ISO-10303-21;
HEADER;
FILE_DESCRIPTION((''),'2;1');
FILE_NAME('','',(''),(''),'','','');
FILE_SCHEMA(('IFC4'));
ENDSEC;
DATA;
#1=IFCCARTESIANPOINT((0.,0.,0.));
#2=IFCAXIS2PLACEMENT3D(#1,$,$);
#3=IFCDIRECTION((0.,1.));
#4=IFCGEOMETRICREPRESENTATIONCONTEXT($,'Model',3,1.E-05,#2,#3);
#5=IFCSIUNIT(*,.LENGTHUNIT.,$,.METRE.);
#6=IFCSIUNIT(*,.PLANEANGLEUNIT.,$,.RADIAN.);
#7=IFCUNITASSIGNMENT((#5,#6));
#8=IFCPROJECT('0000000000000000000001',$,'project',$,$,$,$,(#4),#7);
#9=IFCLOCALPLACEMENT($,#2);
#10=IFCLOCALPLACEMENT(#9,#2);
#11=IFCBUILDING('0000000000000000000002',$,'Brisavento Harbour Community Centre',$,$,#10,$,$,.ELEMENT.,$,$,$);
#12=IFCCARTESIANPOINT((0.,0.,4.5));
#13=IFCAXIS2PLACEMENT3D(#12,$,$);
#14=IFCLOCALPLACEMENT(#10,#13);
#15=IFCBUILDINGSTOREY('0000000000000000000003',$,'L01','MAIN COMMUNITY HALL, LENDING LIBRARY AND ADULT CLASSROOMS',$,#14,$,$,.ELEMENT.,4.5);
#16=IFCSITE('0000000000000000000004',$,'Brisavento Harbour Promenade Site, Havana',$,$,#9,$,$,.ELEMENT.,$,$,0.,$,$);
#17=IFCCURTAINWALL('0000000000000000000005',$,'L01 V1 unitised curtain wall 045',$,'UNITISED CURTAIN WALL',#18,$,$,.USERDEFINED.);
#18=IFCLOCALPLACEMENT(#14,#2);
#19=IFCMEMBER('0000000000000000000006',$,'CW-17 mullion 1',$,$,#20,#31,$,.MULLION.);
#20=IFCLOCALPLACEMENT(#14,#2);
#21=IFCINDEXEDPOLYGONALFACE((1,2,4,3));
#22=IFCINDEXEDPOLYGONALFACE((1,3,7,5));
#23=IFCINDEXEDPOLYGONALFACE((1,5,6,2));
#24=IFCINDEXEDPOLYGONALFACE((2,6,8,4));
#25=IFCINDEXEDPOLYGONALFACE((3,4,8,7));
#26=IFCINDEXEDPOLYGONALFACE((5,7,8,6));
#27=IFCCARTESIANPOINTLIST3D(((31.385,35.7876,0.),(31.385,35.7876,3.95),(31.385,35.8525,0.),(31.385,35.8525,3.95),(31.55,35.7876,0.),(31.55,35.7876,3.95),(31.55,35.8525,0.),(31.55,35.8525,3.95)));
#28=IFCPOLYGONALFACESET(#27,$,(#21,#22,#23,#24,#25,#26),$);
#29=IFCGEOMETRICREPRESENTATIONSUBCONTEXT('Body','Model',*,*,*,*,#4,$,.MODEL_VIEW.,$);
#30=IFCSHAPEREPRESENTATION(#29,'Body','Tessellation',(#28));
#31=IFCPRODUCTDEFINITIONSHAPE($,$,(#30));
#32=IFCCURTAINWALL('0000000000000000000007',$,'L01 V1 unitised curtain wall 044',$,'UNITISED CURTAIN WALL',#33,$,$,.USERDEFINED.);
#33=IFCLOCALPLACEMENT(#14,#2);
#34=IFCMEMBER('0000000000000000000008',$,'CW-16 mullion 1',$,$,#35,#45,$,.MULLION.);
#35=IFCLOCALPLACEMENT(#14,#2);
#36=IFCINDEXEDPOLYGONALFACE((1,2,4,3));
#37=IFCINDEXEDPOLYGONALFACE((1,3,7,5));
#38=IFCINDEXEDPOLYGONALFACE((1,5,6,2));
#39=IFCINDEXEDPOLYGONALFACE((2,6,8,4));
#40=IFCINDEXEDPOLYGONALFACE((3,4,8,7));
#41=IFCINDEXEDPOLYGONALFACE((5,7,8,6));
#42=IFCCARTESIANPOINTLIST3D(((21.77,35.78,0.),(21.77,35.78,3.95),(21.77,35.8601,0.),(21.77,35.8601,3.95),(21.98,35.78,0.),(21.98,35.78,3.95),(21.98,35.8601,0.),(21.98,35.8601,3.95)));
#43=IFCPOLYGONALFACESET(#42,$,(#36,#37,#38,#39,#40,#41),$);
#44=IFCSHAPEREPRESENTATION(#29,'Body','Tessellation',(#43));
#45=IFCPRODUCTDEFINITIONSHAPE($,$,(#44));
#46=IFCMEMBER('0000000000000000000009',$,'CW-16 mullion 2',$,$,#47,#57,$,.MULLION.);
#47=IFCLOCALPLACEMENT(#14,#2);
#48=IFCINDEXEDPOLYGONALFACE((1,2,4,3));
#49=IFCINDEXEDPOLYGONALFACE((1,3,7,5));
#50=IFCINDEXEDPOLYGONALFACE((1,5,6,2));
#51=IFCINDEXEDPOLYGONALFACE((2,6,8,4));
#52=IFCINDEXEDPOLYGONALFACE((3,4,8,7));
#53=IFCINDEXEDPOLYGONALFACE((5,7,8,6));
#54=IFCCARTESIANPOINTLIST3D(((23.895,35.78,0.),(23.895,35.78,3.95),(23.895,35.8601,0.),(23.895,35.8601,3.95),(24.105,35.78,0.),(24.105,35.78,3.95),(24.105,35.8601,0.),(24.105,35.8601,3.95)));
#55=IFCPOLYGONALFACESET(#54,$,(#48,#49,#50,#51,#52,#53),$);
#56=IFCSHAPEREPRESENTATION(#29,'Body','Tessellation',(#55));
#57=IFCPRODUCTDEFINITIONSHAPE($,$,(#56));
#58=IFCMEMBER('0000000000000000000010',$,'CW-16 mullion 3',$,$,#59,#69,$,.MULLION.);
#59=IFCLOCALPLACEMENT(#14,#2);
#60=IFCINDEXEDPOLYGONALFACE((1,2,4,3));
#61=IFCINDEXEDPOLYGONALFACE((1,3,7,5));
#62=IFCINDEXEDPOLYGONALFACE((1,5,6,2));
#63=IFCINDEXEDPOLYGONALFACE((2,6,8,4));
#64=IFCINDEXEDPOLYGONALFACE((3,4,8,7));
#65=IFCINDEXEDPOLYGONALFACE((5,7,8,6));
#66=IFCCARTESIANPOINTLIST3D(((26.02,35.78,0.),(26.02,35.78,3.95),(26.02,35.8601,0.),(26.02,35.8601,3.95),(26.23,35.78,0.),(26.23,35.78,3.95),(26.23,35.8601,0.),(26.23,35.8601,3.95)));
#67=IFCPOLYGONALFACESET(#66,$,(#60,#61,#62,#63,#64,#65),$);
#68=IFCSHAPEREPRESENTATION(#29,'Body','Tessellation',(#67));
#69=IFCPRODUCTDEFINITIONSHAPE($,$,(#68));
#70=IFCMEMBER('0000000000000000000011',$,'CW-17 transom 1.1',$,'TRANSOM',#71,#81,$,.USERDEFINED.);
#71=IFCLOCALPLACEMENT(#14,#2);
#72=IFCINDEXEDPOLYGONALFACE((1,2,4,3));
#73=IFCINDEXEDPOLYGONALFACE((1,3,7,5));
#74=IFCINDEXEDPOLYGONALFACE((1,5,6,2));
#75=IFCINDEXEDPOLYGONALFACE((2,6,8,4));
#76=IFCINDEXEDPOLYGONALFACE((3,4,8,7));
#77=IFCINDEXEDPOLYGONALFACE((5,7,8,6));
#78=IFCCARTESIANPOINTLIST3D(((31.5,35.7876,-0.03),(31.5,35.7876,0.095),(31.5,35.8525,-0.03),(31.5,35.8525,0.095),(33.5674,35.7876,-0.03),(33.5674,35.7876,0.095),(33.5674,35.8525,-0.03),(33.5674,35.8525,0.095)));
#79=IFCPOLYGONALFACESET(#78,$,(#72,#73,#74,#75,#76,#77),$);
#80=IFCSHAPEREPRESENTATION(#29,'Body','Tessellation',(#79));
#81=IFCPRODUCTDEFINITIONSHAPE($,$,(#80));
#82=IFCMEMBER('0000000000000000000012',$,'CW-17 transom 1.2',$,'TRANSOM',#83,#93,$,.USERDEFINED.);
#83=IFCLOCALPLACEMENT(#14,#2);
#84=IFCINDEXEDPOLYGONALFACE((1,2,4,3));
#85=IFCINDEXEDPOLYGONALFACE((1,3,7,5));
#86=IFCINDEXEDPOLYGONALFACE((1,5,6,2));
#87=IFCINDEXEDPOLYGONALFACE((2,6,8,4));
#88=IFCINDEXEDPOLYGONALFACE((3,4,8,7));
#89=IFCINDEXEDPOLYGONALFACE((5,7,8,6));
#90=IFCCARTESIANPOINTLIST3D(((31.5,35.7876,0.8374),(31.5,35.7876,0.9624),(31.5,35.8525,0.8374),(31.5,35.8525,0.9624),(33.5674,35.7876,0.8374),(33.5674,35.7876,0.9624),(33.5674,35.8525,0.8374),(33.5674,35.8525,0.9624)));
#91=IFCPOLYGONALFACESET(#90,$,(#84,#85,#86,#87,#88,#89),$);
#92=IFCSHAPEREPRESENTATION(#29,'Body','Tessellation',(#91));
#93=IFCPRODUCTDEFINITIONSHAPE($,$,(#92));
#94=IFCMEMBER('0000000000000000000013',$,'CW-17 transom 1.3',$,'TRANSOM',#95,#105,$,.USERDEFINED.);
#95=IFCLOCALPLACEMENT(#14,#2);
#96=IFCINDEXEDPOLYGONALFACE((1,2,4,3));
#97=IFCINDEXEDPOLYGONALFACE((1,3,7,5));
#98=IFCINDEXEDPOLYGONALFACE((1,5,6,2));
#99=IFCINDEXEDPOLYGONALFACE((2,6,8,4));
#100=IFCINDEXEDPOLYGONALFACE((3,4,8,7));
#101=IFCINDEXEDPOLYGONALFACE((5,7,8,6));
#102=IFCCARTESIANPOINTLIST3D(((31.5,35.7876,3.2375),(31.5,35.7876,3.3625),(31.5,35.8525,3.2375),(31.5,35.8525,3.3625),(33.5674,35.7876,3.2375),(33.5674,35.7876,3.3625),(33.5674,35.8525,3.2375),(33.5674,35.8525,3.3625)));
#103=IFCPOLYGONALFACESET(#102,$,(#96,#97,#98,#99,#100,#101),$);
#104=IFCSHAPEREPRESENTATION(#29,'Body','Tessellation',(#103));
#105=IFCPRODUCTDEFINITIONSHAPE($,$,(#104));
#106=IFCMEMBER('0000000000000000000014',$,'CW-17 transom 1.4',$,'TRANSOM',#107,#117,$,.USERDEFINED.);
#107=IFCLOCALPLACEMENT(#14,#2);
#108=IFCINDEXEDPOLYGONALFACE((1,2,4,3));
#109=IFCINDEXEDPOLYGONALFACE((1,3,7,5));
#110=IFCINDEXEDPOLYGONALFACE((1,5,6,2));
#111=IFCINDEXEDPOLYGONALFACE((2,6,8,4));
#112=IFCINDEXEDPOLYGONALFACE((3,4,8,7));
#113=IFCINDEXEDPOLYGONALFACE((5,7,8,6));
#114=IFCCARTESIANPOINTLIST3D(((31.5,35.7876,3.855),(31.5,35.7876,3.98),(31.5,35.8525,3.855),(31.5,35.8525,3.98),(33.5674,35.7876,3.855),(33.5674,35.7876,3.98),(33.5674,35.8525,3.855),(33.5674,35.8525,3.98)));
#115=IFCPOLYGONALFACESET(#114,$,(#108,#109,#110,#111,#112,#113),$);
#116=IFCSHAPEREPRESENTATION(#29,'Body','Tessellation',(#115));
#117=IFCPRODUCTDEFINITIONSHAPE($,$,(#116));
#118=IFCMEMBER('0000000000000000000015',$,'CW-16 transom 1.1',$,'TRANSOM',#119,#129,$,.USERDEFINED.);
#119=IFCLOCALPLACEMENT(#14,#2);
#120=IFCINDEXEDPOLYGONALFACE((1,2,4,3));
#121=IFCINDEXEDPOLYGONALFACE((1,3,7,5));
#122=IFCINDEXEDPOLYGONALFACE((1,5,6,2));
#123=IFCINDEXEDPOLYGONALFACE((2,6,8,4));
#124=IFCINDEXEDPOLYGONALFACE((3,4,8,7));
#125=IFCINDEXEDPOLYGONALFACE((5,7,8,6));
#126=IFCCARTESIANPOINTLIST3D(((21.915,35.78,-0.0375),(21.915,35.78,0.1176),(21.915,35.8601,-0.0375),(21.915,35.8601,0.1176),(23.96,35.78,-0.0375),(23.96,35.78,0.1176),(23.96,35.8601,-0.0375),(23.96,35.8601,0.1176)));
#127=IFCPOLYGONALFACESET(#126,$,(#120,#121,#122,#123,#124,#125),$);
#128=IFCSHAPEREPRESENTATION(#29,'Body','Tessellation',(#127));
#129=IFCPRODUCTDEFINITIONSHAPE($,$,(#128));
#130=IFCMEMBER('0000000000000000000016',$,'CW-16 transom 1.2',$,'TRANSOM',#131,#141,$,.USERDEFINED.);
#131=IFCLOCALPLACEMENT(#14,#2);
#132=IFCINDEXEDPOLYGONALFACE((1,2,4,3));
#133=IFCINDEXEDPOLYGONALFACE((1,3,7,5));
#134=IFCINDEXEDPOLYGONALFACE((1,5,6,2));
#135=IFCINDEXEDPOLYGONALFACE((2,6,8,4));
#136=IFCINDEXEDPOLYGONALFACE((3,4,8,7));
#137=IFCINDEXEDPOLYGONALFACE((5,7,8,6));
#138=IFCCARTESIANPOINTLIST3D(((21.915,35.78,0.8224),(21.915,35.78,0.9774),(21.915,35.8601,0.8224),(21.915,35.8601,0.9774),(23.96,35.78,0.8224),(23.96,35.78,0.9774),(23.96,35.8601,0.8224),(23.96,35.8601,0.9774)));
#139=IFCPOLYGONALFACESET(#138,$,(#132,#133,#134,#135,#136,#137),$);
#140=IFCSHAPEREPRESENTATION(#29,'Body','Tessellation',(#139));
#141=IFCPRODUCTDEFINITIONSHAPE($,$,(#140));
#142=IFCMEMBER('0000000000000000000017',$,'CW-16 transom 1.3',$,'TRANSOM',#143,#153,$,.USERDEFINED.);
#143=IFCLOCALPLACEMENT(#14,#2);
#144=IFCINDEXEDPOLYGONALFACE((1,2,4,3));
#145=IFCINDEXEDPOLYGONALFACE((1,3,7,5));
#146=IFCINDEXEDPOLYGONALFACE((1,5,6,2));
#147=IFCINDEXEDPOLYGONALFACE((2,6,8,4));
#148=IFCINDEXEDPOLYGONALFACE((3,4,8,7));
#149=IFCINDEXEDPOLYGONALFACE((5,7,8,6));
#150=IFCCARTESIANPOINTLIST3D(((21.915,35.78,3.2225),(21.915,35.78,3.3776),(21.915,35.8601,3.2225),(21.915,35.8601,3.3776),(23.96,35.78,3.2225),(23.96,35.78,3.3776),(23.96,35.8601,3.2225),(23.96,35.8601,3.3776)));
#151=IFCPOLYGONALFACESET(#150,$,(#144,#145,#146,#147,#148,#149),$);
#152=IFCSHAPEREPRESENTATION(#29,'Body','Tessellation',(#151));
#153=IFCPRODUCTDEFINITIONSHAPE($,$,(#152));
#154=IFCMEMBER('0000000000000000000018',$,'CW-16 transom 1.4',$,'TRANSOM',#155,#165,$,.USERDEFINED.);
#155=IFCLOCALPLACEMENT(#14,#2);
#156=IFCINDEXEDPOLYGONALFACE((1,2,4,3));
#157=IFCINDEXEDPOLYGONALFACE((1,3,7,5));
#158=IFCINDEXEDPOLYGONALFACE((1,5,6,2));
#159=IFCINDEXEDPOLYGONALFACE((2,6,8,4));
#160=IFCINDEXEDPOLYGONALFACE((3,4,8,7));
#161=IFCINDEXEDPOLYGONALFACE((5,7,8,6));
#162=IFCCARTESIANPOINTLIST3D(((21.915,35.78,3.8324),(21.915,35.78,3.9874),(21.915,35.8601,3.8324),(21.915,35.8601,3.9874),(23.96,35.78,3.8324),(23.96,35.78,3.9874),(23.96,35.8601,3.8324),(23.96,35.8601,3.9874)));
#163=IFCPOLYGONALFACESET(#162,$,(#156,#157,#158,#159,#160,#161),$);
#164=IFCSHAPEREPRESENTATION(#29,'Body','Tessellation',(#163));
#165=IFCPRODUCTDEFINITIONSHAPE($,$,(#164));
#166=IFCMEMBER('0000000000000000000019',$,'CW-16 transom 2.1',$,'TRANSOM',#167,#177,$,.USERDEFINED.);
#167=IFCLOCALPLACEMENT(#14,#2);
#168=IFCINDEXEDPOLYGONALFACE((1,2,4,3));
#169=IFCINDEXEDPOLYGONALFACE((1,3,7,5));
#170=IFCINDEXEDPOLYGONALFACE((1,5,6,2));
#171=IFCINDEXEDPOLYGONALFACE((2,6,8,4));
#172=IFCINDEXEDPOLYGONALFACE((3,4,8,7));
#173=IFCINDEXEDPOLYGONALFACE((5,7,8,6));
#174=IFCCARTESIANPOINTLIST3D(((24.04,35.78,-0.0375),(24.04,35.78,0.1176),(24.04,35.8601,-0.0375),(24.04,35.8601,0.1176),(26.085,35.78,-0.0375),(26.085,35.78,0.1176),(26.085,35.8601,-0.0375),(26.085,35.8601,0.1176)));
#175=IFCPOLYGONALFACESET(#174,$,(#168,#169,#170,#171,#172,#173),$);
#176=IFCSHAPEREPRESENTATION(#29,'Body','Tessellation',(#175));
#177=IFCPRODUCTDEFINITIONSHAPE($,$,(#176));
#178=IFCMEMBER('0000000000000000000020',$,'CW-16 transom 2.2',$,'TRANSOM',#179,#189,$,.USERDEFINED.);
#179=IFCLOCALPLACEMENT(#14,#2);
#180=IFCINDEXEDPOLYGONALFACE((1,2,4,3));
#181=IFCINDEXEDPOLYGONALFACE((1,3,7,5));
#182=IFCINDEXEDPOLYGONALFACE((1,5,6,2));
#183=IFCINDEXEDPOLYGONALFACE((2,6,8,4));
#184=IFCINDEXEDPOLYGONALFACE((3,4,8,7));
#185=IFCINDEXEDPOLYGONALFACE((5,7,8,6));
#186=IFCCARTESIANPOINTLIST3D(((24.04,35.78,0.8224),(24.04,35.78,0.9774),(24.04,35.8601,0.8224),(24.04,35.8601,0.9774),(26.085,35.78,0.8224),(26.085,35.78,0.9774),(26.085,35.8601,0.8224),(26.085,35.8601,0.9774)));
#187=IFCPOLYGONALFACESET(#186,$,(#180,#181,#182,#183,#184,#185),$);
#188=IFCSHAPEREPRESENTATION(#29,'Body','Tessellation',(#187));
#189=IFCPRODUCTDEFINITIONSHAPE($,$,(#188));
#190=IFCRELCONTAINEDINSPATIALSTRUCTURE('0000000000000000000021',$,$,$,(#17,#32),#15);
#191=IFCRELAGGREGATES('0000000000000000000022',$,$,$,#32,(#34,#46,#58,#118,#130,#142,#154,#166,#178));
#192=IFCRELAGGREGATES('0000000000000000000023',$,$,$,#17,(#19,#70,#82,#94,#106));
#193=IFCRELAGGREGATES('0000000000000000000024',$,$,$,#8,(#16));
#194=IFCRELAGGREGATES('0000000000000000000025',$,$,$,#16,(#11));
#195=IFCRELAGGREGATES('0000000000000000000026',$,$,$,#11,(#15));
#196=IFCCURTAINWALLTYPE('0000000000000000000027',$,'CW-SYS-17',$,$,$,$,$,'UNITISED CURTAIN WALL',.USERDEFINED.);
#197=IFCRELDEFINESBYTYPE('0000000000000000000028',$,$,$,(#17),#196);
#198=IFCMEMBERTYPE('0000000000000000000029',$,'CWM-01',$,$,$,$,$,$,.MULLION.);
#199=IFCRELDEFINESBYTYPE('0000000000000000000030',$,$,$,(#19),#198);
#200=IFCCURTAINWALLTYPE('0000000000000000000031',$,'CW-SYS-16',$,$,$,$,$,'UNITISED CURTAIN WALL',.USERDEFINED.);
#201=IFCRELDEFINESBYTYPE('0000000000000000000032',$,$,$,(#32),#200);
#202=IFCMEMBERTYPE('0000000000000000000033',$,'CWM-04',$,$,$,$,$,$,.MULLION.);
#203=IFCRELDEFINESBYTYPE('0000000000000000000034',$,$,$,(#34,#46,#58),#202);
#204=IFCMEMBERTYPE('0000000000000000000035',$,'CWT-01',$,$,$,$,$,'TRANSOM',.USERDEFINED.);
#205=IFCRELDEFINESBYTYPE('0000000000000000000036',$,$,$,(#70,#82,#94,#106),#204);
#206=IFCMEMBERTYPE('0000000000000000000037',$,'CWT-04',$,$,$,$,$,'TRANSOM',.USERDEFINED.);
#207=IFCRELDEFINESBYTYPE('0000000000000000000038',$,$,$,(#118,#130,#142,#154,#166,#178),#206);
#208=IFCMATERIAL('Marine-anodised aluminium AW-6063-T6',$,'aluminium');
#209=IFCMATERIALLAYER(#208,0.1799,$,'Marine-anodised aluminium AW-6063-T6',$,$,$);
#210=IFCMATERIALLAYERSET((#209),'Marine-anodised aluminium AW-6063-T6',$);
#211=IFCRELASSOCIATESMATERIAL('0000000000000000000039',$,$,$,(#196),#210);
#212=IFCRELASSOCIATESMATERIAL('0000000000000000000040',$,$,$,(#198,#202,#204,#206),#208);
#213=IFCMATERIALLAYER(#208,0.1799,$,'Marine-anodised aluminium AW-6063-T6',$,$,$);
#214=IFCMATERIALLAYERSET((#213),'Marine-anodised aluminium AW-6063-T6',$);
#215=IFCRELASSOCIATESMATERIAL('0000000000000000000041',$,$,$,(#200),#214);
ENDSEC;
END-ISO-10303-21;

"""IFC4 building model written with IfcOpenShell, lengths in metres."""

from ifc_helpers import new_model, si_unit, direction, frame, origin, origin_2d, place, context, subcontext, project, spatial, rectangle, extrude, material, layer, layer_set, material_profile, profile_set, type_object, element, aggregate, save


model = new_model("IFC4")

# Units and contexts
model_context = context("Model", 3, precision=1e-05, world=origin(), true_north=direction((0.0, 1.0)))
body_context = subcontext(model_context, "Body", "Model", "MODEL_VIEW")
ifc_project = project(units=[si_unit("LENGTHUNIT", "METRE"), si_unit("PLANEANGLEUNIT", "RADIAN")], contexts=[model_context])

# Site, building, storey
site_placement = place(None, origin())
site = spatial("IfcSite", under=ifc_project, at=site_placement, Name="Brisavento Harbour Promenade Site, Havana", CompositionType="ELEMENT", RefElevation=0.0)
building_placement = place(site_placement, origin())
building = spatial("IfcBuilding", under=site, at=building_placement, Name="Brisavento Harbour Community Centre", CompositionType="ELEMENT")
storey_placement = place(building_placement, frame((0.0, 0.0, 4.5)))
storey = spatial("IfcBuildingStorey", under=building, at=storey_placement, Name="L01", Description="MAIN COMMUNITY HALL, LENDING LIBRARY AND ADULT CLASSROOMS", CompositionType="ELEMENT", Elevation=4.5)

# Curtain wall, member
ifc_material_1 = material(Name="Marine-anodised aluminium AW-6063-T6", Category="aluminium")
ifc_layer_1 = layer(ifc_material_1, 0.1799, Name="Marine-anodised aluminium AW-6063-T6")
ifc_layer_set_1 = layer_set([ifc_layer_1], Name="Marine-anodised aluminium AW-6063-T6")
curtain_wall_type_1 = type_object("IfcCurtainWallType", Name="CW-SYS-17", ElementType="UNITISED CURTAIN WALL", PredefinedType="USERDEFINED", material=ifc_layer_set_1)
curtain_wall_1_placement = place(storey_placement, origin())
curtain_wall_1 = element("IfcCurtainWall", 1, at=curtain_wall_1_placement, inside=storey, type_object=curtain_wall_type_1, Name="L01 V1 unitised curtain wall 045", ObjectType="UNITISED CURTAIN WALL", PredefinedType="USERDEFINED")
ifc_material_profile_1 = material_profile(ifc_material_1, rectangle(XDim=0.0649, YDim=0.165, at=origin_2d()), Name="Marine-anodised aluminium AW-6063-T6")
ifc_profile_set_1 = profile_set([ifc_material_profile_1], Name="Marine-anodised aluminium AW-6063-T6")
member_type_1 = type_object("IfcMemberType", Name="CWM-01", PredefinedType="MULLION", material=ifc_profile_set_1)
member_1_placement = place(storey_placement, frame((31.4675, 35.8201, 0.0), z_axis=(0.0, 0.0, 1.0), x_axis=(0.0, 1.0, 0.0)))
member_1 = element("IfcMember", 2, at=member_1_placement, type_object=member_type_1, Name="CW-17 mullion 1", PredefinedType="MULLION", context=body_context, shape_type="SweptSolid", body=[
    extrude(rectangle(XDim=0.0649, YDim=0.165, at=origin_2d()), origin(), (0.0, 0.0, 1.0), 3.95),
])

# Curtain wall, members
ifc_layer_2 = layer(ifc_material_1, 0.1799, Name="Marine-anodised aluminium AW-6063-T6")
ifc_layer_set_2 = layer_set([ifc_layer_2], Name="Marine-anodised aluminium AW-6063-T6")
curtain_wall_type_2 = type_object("IfcCurtainWallType", Name="CW-SYS-16", ElementType="UNITISED CURTAIN WALL", PredefinedType="USERDEFINED", material=ifc_layer_set_2)
curtain_wall_2_placement = place(storey_placement, origin())
curtain_wall_2 = element("IfcCurtainWall", 3, at=curtain_wall_2_placement, inside=storey, type_object=curtain_wall_type_2, Name="L01 V1 unitised curtain wall 044", ObjectType="UNITISED CURTAIN WALL", PredefinedType="USERDEFINED")
ifc_material_profile_2 = material_profile(ifc_material_1, rectangle(XDim=0.0801, YDim=0.21, at=origin_2d()), Name="Marine-anodised aluminium AW-6063-T6")
ifc_profile_set_2 = profile_set([ifc_material_profile_2], Name="Marine-anodised aluminium AW-6063-T6")
member_type_2 = type_object("IfcMemberType", Name="CWM-04", PredefinedType="MULLION", material=ifc_profile_set_2)
member_2_placement = place(storey_placement, frame((21.875, 35.8201, 0.0), z_axis=(0.0, 0.0, 1.0), x_axis=(0.0, 1.0, 0.0)))
member_2 = element("IfcMember", 4, at=member_2_placement, type_object=member_type_2, Name="CW-16 mullion 1", PredefinedType="MULLION", context=body_context, shape_type="SweptSolid", body=[
    extrude(rectangle(XDim=0.0801, YDim=0.21, at=origin_2d()), origin(), (0.0, 0.0, 1.0), 3.95),
])
member_3_placement = place(storey_placement, frame((24.0, 35.8201, 0.0), z_axis=(0.0, 0.0, 1.0), x_axis=(0.0, 1.0, 0.0)))
member_3 = element("IfcMember", 5, at=member_3_placement, type_object=member_type_2, Name="CW-16 mullion 2", PredefinedType="MULLION", context=body_context, shape_type="SweptSolid", body=[
    extrude(rectangle(XDim=0.0801, YDim=0.21, at=origin_2d()), origin(), (0.0, 0.0, 1.0), 3.95),
])
member_4_placement = place(storey_placement, frame((26.125, 35.8201, 0.0), z_axis=(0.0, 0.0, 1.0), x_axis=(0.0, 1.0, 0.0)))
member_4 = element("IfcMember", 6, at=member_4_placement, type_object=member_type_2, Name="CW-16 mullion 3", PredefinedType="MULLION", context=body_context, shape_type="SweptSolid", body=[
    extrude(rectangle(XDim=0.0801, YDim=0.21, at=origin_2d()), origin(), (0.0, 0.0, 1.0), 3.95),
])

# Members
ifc_material_profile_3 = material_profile(ifc_material_1, rectangle(XDim=0.0649, YDim=0.125, at=origin_2d()), Name="Marine-anodised aluminium AW-6063-T6")
ifc_profile_set_3 = profile_set([ifc_material_profile_3], Name="Marine-anodised aluminium AW-6063-T6")
member_type_3 = type_object("IfcMemberType", Name="CWT-01", ElementType="TRANSOM", PredefinedType="USERDEFINED", material=ifc_profile_set_3)
member_5_placement = place(storey_placement, frame((31.5, 35.8201, 0.0325), z_axis=(1.0, 0.0, 0.0), x_axis=(0.0, 1.0, 0.0)))
member_5 = element("IfcMember", 7, at=member_5_placement, type_object=member_type_3, Name="CW-17 transom 1.1", ObjectType="TRANSOM", PredefinedType="USERDEFINED", context=body_context, shape_type="SweptSolid", body=[
    extrude(rectangle(XDim=0.0649, YDim=0.125, at=origin_2d()), origin(), (0.0, 0.0, 1.0), 2.0674),
])
member_6_placement = place(storey_placement, frame((31.5, 35.8201, 0.8999), z_axis=(1.0, 0.0, 0.0), x_axis=(0.0, 1.0, 0.0)))
member_6 = element("IfcMember", 8, at=member_6_placement, type_object=member_type_3, Name="CW-17 transom 1.2", ObjectType="TRANSOM", PredefinedType="USERDEFINED", context=body_context, shape_type="SweptSolid", body=[
    extrude(rectangle(XDim=0.0649, YDim=0.125, at=origin_2d()), origin(), (0.0, 0.0, 1.0), 2.0674),
])
member_7_placement = place(storey_placement, frame((31.5, 35.8201, 3.3), z_axis=(1.0, 0.0, 0.0), x_axis=(0.0, 1.0, 0.0)))
member_7 = element("IfcMember", 9, at=member_7_placement, type_object=member_type_3, Name="CW-17 transom 1.3", ObjectType="TRANSOM", PredefinedType="USERDEFINED", context=body_context, shape_type="SweptSolid", body=[
    extrude(rectangle(XDim=0.0649, YDim=0.125, at=origin_2d()), origin(), (0.0, 0.0, 1.0), 2.0674),
])
member_8_placement = place(storey_placement, frame((31.5, 35.8201, 3.9175), z_axis=(1.0, 0.0, 0.0), x_axis=(0.0, 1.0, 0.0)))
member_8 = element("IfcMember", 10, at=member_8_placement, type_object=member_type_3, Name="CW-17 transom 1.4", ObjectType="TRANSOM", PredefinedType="USERDEFINED", context=body_context, shape_type="SweptSolid", body=[
    extrude(rectangle(XDim=0.0649, YDim=0.125, at=origin_2d()), origin(), (0.0, 0.0, 1.0), 2.0674),
])
ifc_material_profile_4 = material_profile(ifc_material_1, rectangle(XDim=0.0801, YDim=0.155, at=origin_2d()), Name="Marine-anodised aluminium AW-6063-T6")
ifc_profile_set_4 = profile_set([ifc_material_profile_4], Name="Marine-anodised aluminium AW-6063-T6")
member_type_4 = type_object("IfcMemberType", Name="CWT-04", ElementType="TRANSOM", PredefinedType="USERDEFINED", material=ifc_profile_set_4)
member_9_placement = place(storey_placement, frame((21.915, 35.8201, 0.04), z_axis=(1.0, 0.0, 0.0), x_axis=(0.0, 1.0, 0.0)))
member_9 = element("IfcMember", 11, at=member_9_placement, type_object=member_type_4, Name="CW-16 transom 1.1", ObjectType="TRANSOM", PredefinedType="USERDEFINED", context=body_context, shape_type="SweptSolid", body=[
    extrude(rectangle(XDim=0.0801, YDim=0.155, at=origin_2d()), origin(), (0.0, 0.0, 1.0), 2.0449),
])
member_10_placement = place(storey_placement, frame((21.915, 35.8201, 0.8999), z_axis=(1.0, 0.0, 0.0), x_axis=(0.0, 1.0, 0.0)))
member_10 = element("IfcMember", 12, at=member_10_placement, type_object=member_type_4, Name="CW-16 transom 1.2", ObjectType="TRANSOM", PredefinedType="USERDEFINED", context=body_context, shape_type="SweptSolid", body=[
    extrude(rectangle(XDim=0.0801, YDim=0.155, at=origin_2d()), origin(), (0.0, 0.0, 1.0), 2.0449),
])
member_11_placement = place(storey_placement, frame((21.915, 35.8201, 3.3), z_axis=(1.0, 0.0, 0.0), x_axis=(0.0, 1.0, 0.0)))
member_11 = element("IfcMember", 13, at=member_11_placement, type_object=member_type_4, Name="CW-16 transom 1.3", ObjectType="TRANSOM", PredefinedType="USERDEFINED", context=body_context, shape_type="SweptSolid", body=[
    extrude(rectangle(XDim=0.0801, YDim=0.155, at=origin_2d()), origin(), (0.0, 0.0, 1.0), 2.0449),
])
member_12_placement = place(storey_placement, frame((21.915, 35.8201, 3.9099), z_axis=(1.0, 0.0, 0.0), x_axis=(0.0, 1.0, 0.0)))
member_12 = element("IfcMember", 14, at=member_12_placement, type_object=member_type_4, Name="CW-16 transom 1.4", ObjectType="TRANSOM", PredefinedType="USERDEFINED", context=body_context, shape_type="SweptSolid", body=[
    extrude(rectangle(XDim=0.0801, YDim=0.155, at=origin_2d()), origin(), (0.0, 0.0, 1.0), 2.0449),
])
member_13_placement = place(storey_placement, frame((24.04, 35.8201, 0.04), z_axis=(1.0, 0.0, 0.0), x_axis=(0.0, 1.0, 0.0)))
member_13 = element("IfcMember", 15, at=member_13_placement, type_object=member_type_4, Name="CW-16 transom 2.1", ObjectType="TRANSOM", PredefinedType="USERDEFINED", context=body_context, shape_type="SweptSolid", body=[
    extrude(rectangle(XDim=0.0801, YDim=0.155, at=origin_2d()), origin(), (0.0, 0.0, 1.0), 2.0449),
])
member_14_placement = place(storey_placement, frame((24.04, 35.8201, 0.8999), z_axis=(1.0, 0.0, 0.0), x_axis=(0.0, 1.0, 0.0)))
member_14 = element("IfcMember", 16, at=member_14_placement, type_object=member_type_4, Name="CW-16 transom 2.2", ObjectType="TRANSOM", PredefinedType="USERDEFINED", context=body_context, shape_type="SweptSolid", body=[
    extrude(rectangle(XDim=0.0801, YDim=0.155, at=origin_2d()), origin(), (0.0, 0.0, 1.0), 2.0449),
])

aggregate(curtain_wall_2, [member_2, member_3, member_4, member_9, member_10, member_11, member_12, member_13, member_14])
aggregate(curtain_wall_1, [member_1, member_5, member_6, member_7, member_8])

save(model, "model.ifc")
